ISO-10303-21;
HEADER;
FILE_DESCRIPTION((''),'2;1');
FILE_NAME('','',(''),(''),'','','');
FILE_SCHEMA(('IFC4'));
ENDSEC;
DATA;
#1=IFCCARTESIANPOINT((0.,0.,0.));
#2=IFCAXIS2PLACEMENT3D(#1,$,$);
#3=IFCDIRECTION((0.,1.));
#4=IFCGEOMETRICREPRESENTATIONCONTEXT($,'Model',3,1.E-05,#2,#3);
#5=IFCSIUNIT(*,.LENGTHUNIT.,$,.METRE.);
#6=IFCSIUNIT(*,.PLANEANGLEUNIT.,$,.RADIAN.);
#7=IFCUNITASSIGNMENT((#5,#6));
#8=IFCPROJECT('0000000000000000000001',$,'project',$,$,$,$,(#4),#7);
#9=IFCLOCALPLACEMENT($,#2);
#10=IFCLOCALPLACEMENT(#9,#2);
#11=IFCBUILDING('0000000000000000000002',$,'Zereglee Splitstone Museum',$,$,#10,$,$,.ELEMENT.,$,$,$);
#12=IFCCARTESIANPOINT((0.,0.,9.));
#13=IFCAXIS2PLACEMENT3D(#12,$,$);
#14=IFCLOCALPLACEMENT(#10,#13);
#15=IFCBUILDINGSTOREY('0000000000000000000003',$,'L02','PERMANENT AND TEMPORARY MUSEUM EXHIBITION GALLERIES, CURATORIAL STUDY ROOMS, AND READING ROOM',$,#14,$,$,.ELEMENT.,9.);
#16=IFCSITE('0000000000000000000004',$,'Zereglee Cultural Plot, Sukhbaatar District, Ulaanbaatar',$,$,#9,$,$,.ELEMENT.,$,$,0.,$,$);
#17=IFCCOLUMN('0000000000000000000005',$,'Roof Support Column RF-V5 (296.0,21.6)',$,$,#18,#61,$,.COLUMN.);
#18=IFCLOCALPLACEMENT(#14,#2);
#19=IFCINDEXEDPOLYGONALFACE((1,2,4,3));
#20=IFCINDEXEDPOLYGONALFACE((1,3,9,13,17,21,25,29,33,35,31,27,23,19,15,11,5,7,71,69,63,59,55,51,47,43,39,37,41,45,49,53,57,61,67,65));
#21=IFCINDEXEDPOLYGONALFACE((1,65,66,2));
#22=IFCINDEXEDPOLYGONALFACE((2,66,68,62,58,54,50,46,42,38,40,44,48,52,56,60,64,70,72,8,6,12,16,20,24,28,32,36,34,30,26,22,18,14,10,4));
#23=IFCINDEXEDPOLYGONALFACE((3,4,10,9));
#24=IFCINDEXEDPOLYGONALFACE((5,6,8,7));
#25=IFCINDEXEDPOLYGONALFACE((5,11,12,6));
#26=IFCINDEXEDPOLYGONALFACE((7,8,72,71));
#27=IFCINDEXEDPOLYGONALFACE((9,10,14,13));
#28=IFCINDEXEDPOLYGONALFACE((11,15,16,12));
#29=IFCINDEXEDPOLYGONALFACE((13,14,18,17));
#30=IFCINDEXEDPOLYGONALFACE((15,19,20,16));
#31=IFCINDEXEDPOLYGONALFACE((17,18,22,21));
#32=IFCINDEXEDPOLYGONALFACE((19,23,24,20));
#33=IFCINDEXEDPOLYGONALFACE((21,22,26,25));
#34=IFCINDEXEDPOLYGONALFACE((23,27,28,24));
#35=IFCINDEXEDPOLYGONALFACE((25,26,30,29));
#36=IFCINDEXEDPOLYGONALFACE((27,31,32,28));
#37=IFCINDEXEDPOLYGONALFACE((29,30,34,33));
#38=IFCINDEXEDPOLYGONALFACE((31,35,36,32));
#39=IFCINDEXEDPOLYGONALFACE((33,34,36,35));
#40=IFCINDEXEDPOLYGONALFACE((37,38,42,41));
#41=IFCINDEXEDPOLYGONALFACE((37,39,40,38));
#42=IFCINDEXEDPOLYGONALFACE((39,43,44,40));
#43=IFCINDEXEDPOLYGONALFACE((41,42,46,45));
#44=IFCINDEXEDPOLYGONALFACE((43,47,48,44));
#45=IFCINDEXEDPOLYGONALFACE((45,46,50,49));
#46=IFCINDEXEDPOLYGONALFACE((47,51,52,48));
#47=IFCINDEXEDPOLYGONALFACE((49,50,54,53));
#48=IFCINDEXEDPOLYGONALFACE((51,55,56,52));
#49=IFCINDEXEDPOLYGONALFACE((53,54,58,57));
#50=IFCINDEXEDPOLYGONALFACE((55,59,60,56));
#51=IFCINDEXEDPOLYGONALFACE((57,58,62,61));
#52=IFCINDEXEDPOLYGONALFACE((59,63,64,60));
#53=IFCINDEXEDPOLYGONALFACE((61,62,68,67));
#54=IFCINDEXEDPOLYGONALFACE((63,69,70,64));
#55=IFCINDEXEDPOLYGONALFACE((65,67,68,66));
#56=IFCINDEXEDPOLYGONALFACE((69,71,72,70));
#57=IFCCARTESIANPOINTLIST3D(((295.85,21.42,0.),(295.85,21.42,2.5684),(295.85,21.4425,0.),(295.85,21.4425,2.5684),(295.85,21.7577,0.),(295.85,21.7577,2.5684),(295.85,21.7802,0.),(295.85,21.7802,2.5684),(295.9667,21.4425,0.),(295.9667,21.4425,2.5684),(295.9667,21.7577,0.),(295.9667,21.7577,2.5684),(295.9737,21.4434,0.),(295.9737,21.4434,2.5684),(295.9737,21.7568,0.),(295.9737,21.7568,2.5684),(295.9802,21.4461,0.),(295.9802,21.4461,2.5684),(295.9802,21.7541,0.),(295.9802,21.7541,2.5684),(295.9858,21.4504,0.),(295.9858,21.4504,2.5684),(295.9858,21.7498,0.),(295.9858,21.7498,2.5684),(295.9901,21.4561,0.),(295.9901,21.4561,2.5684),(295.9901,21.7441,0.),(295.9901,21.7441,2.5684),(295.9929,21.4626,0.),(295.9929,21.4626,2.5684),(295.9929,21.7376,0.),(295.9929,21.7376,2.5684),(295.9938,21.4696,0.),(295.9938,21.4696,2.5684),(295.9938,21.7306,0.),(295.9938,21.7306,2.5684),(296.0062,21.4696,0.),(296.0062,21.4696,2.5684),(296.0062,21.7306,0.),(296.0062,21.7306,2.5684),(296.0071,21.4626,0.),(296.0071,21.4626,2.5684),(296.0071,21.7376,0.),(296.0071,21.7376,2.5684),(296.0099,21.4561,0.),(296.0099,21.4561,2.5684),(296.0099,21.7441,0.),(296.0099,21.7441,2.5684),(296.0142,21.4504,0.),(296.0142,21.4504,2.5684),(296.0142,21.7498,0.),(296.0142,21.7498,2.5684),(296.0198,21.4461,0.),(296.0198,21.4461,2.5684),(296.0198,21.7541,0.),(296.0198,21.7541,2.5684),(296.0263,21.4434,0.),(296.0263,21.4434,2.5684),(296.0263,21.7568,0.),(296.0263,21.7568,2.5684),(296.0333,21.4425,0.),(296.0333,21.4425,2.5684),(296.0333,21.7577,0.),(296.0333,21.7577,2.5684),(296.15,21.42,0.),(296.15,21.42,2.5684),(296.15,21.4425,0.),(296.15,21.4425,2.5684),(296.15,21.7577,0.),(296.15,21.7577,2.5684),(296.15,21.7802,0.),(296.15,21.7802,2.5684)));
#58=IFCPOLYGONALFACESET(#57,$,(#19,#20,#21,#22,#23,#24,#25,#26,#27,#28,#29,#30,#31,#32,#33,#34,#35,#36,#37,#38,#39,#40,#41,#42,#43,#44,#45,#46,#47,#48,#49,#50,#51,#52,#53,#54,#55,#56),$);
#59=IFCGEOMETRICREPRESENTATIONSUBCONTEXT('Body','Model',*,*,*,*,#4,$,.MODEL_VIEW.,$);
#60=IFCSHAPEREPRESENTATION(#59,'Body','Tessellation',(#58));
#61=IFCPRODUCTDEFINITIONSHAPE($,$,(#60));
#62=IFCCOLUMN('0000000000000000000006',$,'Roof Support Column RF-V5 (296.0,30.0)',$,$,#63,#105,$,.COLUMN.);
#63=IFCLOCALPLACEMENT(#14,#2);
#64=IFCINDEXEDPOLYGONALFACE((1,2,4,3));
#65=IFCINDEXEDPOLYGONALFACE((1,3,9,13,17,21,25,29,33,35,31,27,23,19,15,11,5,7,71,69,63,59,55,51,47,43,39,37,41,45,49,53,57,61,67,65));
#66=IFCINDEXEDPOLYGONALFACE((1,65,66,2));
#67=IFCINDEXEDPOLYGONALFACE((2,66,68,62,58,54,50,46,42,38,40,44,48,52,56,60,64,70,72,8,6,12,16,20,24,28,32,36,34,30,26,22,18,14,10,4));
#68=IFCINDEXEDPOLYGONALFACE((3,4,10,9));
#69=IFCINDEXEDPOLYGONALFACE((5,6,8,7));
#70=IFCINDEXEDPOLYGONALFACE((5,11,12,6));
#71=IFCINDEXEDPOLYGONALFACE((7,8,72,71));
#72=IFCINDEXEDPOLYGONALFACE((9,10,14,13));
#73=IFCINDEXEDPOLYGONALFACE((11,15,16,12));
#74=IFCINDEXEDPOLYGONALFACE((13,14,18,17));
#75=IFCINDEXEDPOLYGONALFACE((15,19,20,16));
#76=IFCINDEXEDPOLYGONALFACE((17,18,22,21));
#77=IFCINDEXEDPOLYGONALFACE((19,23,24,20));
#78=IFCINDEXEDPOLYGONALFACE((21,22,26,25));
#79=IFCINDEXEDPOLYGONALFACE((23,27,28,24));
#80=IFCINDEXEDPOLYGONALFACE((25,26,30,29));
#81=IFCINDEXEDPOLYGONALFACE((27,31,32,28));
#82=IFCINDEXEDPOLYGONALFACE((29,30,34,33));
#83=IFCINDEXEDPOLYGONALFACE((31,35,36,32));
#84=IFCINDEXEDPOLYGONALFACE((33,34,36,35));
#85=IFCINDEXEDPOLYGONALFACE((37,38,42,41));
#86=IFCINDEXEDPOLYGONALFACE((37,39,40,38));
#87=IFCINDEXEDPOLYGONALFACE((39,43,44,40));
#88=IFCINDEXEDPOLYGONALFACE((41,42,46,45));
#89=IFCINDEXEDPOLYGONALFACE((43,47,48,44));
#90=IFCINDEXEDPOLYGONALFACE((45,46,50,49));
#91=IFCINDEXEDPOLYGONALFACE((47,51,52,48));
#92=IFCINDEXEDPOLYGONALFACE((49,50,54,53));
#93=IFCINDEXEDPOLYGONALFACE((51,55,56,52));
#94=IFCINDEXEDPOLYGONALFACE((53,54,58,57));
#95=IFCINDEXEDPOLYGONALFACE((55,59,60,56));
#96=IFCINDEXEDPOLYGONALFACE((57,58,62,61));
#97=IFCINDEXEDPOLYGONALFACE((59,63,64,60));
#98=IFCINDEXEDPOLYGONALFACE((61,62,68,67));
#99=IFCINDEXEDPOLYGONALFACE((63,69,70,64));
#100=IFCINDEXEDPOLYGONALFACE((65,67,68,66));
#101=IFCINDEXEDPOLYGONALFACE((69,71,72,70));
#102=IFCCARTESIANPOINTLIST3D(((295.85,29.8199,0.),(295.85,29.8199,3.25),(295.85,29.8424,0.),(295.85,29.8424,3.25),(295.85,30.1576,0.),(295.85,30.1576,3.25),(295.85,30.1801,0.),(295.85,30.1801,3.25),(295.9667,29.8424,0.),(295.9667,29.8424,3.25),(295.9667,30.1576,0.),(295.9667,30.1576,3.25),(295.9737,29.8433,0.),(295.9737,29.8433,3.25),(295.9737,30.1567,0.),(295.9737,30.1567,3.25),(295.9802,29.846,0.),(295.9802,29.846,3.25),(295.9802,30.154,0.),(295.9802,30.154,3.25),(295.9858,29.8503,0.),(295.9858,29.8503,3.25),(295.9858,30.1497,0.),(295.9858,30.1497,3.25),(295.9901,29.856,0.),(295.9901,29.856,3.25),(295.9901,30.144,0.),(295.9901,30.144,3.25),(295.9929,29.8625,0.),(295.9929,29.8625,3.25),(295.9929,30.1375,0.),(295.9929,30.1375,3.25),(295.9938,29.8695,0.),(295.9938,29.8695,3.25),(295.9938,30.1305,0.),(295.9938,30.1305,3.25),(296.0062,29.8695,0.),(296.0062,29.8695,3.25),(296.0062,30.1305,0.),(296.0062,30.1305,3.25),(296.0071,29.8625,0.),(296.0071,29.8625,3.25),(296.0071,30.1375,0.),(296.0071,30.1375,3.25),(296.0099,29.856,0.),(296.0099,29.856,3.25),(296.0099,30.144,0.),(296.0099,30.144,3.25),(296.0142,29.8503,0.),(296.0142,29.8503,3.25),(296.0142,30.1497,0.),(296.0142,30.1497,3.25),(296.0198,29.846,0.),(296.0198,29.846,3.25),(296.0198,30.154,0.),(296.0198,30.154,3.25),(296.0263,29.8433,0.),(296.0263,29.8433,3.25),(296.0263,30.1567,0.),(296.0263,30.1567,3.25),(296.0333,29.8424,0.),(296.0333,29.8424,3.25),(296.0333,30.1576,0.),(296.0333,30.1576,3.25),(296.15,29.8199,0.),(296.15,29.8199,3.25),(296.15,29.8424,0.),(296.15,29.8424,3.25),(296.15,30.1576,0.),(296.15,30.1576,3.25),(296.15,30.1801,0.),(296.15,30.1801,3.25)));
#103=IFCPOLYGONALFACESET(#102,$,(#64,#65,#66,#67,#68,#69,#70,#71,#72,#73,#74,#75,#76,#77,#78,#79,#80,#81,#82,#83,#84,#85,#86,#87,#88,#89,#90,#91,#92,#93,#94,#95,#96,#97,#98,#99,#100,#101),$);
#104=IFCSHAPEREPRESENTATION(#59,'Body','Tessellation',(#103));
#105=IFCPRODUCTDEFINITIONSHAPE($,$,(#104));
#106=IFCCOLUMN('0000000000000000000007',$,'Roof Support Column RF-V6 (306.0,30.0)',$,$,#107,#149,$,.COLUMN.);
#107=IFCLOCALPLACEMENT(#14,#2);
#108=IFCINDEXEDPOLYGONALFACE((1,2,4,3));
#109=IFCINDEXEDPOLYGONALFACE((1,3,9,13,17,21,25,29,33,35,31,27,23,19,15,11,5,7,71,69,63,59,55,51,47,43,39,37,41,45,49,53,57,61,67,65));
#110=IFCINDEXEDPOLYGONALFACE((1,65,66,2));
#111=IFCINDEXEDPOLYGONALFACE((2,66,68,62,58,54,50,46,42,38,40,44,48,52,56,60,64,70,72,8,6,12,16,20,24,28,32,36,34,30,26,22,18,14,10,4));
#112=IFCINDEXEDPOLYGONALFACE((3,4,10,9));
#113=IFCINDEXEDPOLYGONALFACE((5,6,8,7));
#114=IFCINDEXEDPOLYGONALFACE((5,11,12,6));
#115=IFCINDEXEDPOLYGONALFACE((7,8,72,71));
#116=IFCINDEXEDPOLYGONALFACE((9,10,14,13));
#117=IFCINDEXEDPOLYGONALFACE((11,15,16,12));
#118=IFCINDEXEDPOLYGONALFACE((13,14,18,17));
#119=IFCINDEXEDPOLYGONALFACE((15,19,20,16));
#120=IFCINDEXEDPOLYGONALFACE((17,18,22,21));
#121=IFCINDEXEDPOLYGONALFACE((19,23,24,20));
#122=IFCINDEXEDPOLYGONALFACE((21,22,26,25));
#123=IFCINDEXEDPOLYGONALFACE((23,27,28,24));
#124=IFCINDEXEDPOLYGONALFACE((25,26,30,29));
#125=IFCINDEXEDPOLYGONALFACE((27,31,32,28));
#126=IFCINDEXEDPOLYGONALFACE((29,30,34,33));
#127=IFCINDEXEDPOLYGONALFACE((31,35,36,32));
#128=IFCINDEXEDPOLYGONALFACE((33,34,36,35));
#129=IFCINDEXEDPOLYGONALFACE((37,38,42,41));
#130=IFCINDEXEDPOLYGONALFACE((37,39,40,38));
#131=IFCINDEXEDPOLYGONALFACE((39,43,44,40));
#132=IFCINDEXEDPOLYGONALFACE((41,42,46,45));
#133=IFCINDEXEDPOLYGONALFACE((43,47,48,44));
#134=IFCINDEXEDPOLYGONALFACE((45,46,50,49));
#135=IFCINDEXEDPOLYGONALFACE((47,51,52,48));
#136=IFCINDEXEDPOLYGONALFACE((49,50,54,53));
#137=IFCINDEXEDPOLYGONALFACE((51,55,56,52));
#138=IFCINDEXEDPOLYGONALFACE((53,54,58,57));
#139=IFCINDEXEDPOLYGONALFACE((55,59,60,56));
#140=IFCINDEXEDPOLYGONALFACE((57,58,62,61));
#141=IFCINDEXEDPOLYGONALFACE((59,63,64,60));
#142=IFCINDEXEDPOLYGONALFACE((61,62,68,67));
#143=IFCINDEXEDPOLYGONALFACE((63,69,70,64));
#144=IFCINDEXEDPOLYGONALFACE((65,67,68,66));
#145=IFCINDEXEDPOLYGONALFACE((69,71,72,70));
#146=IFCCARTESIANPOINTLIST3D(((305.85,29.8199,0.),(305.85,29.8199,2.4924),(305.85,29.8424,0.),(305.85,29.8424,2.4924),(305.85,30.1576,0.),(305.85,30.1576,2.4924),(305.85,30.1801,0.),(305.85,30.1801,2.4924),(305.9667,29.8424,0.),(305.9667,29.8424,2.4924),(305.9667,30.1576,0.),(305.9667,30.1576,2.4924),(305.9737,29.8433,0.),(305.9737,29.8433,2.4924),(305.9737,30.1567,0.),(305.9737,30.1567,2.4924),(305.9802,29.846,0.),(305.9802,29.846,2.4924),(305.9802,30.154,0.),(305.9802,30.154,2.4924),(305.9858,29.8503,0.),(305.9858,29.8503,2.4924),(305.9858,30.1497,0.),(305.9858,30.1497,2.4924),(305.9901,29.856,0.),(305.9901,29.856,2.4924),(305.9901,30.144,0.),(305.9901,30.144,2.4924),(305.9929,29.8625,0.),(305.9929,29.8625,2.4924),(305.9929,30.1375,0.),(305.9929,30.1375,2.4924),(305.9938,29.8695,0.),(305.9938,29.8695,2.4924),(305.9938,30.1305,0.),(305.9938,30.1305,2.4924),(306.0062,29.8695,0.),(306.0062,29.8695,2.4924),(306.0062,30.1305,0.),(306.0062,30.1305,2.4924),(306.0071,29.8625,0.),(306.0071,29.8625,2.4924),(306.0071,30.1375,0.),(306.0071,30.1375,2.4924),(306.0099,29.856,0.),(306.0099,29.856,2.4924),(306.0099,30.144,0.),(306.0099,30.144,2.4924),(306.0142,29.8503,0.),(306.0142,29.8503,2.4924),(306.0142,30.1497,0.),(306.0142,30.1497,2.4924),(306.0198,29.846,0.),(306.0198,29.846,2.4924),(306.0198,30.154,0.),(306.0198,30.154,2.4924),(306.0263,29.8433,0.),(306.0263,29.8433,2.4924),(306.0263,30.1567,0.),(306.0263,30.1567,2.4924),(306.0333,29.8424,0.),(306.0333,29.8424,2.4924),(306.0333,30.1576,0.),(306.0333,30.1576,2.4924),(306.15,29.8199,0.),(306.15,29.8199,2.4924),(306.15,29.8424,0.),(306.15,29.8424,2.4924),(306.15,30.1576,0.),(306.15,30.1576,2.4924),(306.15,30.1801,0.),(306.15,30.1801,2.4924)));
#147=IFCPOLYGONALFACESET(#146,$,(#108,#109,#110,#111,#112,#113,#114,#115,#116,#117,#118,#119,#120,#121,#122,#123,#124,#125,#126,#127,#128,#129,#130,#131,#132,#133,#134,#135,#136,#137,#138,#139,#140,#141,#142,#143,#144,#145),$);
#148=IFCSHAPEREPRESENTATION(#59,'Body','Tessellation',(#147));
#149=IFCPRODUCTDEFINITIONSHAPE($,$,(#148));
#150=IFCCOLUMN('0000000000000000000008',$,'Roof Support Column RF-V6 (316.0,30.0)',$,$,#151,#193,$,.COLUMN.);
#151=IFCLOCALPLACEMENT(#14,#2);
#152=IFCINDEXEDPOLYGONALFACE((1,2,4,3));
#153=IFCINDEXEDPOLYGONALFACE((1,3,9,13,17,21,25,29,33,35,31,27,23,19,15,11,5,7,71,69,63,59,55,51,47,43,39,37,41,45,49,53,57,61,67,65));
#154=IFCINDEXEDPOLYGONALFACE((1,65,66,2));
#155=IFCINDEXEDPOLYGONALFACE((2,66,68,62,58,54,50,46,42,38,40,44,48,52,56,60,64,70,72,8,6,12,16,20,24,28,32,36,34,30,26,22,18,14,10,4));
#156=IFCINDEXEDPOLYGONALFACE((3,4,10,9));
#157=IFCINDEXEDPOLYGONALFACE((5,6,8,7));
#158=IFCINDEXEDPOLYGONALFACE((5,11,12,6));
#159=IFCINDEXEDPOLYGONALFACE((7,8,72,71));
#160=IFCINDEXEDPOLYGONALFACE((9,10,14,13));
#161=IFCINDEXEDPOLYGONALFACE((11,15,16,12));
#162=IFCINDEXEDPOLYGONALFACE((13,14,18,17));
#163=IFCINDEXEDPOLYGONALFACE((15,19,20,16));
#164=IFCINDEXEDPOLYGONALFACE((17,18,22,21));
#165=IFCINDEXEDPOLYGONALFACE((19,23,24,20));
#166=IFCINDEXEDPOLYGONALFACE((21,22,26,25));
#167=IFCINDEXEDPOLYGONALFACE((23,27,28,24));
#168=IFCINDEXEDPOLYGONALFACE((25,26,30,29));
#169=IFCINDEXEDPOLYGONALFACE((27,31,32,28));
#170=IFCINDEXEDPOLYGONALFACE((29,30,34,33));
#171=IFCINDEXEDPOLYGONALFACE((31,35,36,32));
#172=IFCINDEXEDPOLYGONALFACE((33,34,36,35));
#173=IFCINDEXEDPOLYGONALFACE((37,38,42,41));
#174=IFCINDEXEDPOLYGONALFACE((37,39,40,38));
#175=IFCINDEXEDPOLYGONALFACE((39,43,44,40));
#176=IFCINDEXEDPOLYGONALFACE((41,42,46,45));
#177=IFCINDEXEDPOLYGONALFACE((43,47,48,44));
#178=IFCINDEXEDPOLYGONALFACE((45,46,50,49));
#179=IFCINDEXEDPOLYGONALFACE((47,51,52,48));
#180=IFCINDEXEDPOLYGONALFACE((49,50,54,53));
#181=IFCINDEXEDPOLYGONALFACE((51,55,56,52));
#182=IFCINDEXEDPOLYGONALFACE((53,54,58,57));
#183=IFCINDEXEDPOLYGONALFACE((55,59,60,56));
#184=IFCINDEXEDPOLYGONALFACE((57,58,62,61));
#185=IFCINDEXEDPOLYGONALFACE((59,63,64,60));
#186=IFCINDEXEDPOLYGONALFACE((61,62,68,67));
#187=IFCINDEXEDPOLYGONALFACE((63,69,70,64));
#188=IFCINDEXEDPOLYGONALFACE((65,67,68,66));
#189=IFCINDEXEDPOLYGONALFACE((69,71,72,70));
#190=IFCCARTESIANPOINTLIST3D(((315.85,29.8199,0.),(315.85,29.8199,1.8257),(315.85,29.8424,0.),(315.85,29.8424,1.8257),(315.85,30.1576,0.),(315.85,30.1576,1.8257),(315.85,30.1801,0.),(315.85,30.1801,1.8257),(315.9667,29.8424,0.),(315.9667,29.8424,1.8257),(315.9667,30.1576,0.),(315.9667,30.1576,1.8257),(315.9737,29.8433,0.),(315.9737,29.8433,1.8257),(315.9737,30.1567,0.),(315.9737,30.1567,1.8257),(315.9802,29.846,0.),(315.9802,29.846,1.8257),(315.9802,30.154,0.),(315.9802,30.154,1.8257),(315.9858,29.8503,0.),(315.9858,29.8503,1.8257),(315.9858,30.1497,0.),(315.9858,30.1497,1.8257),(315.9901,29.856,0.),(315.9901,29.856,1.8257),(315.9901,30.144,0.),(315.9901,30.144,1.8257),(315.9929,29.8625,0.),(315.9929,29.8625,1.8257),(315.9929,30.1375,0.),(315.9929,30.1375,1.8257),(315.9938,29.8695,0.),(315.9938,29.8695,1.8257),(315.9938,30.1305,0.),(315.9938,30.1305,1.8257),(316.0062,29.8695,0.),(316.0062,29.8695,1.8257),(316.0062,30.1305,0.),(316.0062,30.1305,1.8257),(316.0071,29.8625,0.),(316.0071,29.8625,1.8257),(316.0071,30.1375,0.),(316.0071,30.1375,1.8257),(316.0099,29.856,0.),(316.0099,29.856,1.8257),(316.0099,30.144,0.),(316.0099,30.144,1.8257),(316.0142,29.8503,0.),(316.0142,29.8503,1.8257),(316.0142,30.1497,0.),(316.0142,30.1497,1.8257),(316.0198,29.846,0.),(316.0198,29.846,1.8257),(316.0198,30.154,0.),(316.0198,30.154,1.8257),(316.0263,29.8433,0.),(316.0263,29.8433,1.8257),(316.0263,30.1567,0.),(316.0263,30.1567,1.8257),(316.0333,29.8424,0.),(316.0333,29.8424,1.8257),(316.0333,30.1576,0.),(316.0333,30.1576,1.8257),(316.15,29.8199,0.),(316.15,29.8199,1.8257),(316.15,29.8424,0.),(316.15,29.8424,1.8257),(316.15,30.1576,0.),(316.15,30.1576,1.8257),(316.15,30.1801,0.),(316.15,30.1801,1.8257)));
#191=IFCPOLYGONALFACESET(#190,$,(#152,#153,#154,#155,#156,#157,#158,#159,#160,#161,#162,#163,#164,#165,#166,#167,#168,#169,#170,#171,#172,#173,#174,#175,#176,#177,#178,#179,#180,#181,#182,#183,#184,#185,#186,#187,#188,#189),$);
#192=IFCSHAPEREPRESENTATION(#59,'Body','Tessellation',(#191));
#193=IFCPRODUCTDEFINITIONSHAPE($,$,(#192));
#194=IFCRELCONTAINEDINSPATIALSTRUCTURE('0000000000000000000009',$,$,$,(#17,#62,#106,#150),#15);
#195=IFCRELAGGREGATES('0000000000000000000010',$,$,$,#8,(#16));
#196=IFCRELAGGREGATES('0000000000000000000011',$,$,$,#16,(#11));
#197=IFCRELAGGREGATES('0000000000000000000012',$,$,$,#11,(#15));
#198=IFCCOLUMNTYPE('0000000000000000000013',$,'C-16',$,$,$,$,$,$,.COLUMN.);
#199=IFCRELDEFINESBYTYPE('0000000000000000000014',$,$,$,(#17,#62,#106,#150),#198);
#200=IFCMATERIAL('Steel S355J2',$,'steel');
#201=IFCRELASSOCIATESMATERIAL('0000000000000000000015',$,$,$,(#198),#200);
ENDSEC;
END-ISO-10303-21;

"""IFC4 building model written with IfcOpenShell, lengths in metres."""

from ifc_helpers import new_model, si_unit, direction, frame, origin, origin_2d, place, context, subcontext, project, spatial, i_section, extrude, material, material_profile, profile_set, type_object, element, save


model = new_model("IFC4")

# Units and contexts
model_context = context("Model", 3, precision=1e-05, world=origin(), true_north=direction((0.0, 1.0)))
body_context = subcontext(model_context, "Body", "Model", "MODEL_VIEW")
ifc_project = project(units=[si_unit("LENGTHUNIT", "METRE"), si_unit("PLANEANGLEUNIT", "RADIAN")], contexts=[model_context])

# Site, building, storey
site_placement = place(None, origin())
site = spatial("IfcSite", under=ifc_project, at=site_placement, Name="Zereglee Cultural Plot, Sukhbaatar District, Ulaanbaatar", CompositionType="ELEMENT", RefElevation=0.0)
building_placement = place(site_placement, origin())
building = spatial("IfcBuilding", under=site, at=building_placement, Name="Zereglee Splitstone Museum", CompositionType="ELEMENT")
storey_placement = place(building_placement, frame((0.0, 0.0, 9.0)))
storey = spatial("IfcBuildingStorey", under=building, at=storey_placement, Name="L02", Description="PERMANENT AND TEMPORARY MUSEUM EXHIBITION GALLERIES, CURATORIAL STUDY ROOMS, AND READING ROOM", CompositionType="ELEMENT", Elevation=9.0)

# Columns
ifc_material_1 = material(Name="Steel S355J2", Category="steel")
ifc_material_profile_1 = material_profile(ifc_material_1, i_section(OverallWidth=0.3, OverallDepth=0.3601, WebThickness=0.0125, FlangeThickness=0.0225, FilletRadius=0.0271, at=origin_2d()), Name="HE 360 B")
ifc_profile_set_1 = profile_set([ifc_material_profile_1], Name="Steel S355J2")
column_type = type_object("IfcColumnType", Name="C-16", PredefinedType="COLUMN", material=ifc_profile_set_1)
column_1_placement = place(storey_placement, frame((296.0, 21.6001, 0.0), z_axis=(0.0, 0.0, 1.0), x_axis=(1.0, 0.0, 0.0)))
element("IfcColumn", 1, at=column_1_placement, inside=storey, type_object=column_type, Name="Roof Support Column RF-V5 (296.0,21.6)", PredefinedType="COLUMN", context=body_context, shape_type="SweptSolid", body=[
    extrude(i_section(OverallWidth=0.3, OverallDepth=0.3601, WebThickness=0.0125, FlangeThickness=0.0225, FilletRadius=0.0271, at=origin_2d()), origin(), (0.0, 0.0, 1.0), 2.5684),
])
column_2_placement = place(storey_placement, frame((296.0, 30.0, 0.0), z_axis=(0.0, 0.0, 1.0), x_axis=(1.0, 0.0, 0.0)))
element("IfcColumn", 2, at=column_2_placement, inside=storey, type_object=column_type, Name="Roof Support Column RF-V5 (296.0,30.0)", PredefinedType="COLUMN", context=body_context, shape_type="SweptSolid", body=[
    extrude(i_section(OverallWidth=0.3, OverallDepth=0.3601, WebThickness=0.0125, FlangeThickness=0.0225, FilletRadius=0.0271, at=origin_2d()), origin(), (0.0, 0.0, 1.0), 3.25),
])
column_3_placement = place(storey_placement, frame((306.0, 30.0, 0.0), z_axis=(0.0, 0.0, 1.0), x_axis=(1.0, 0.0, 0.0)))
element("IfcColumn", 3, at=column_3_placement, inside=storey, type_object=column_type, Name="Roof Support Column RF-V6 (306.0,30.0)", PredefinedType="COLUMN", context=body_context, shape_type="SweptSolid", body=[
    extrude(i_section(OverallWidth=0.3, OverallDepth=0.3601, WebThickness=0.0125, FlangeThickness=0.0225, FilletRadius=0.0271, at=origin_2d()), origin(), (0.0, 0.0, 1.0), 2.4924),
])
column_4_placement = place(storey_placement, frame((316.0, 30.0, 0.0), z_axis=(0.0, 0.0, 1.0), x_axis=(1.0, 0.0, 0.0)))
element("IfcColumn", 4, at=column_4_placement, inside=storey, type_object=column_type, Name="Roof Support Column RF-V6 (316.0,30.0)", PredefinedType="COLUMN", context=body_context, shape_type="SweptSolid", body=[
    extrude(i_section(OverallWidth=0.3, OverallDepth=0.3601, WebThickness=0.0125, FlangeThickness=0.0225, FilletRadius=0.0271, at=origin_2d()), origin(), (0.0, 0.0, 1.0), 1.8257),
])

save(model, "model.ifc")
